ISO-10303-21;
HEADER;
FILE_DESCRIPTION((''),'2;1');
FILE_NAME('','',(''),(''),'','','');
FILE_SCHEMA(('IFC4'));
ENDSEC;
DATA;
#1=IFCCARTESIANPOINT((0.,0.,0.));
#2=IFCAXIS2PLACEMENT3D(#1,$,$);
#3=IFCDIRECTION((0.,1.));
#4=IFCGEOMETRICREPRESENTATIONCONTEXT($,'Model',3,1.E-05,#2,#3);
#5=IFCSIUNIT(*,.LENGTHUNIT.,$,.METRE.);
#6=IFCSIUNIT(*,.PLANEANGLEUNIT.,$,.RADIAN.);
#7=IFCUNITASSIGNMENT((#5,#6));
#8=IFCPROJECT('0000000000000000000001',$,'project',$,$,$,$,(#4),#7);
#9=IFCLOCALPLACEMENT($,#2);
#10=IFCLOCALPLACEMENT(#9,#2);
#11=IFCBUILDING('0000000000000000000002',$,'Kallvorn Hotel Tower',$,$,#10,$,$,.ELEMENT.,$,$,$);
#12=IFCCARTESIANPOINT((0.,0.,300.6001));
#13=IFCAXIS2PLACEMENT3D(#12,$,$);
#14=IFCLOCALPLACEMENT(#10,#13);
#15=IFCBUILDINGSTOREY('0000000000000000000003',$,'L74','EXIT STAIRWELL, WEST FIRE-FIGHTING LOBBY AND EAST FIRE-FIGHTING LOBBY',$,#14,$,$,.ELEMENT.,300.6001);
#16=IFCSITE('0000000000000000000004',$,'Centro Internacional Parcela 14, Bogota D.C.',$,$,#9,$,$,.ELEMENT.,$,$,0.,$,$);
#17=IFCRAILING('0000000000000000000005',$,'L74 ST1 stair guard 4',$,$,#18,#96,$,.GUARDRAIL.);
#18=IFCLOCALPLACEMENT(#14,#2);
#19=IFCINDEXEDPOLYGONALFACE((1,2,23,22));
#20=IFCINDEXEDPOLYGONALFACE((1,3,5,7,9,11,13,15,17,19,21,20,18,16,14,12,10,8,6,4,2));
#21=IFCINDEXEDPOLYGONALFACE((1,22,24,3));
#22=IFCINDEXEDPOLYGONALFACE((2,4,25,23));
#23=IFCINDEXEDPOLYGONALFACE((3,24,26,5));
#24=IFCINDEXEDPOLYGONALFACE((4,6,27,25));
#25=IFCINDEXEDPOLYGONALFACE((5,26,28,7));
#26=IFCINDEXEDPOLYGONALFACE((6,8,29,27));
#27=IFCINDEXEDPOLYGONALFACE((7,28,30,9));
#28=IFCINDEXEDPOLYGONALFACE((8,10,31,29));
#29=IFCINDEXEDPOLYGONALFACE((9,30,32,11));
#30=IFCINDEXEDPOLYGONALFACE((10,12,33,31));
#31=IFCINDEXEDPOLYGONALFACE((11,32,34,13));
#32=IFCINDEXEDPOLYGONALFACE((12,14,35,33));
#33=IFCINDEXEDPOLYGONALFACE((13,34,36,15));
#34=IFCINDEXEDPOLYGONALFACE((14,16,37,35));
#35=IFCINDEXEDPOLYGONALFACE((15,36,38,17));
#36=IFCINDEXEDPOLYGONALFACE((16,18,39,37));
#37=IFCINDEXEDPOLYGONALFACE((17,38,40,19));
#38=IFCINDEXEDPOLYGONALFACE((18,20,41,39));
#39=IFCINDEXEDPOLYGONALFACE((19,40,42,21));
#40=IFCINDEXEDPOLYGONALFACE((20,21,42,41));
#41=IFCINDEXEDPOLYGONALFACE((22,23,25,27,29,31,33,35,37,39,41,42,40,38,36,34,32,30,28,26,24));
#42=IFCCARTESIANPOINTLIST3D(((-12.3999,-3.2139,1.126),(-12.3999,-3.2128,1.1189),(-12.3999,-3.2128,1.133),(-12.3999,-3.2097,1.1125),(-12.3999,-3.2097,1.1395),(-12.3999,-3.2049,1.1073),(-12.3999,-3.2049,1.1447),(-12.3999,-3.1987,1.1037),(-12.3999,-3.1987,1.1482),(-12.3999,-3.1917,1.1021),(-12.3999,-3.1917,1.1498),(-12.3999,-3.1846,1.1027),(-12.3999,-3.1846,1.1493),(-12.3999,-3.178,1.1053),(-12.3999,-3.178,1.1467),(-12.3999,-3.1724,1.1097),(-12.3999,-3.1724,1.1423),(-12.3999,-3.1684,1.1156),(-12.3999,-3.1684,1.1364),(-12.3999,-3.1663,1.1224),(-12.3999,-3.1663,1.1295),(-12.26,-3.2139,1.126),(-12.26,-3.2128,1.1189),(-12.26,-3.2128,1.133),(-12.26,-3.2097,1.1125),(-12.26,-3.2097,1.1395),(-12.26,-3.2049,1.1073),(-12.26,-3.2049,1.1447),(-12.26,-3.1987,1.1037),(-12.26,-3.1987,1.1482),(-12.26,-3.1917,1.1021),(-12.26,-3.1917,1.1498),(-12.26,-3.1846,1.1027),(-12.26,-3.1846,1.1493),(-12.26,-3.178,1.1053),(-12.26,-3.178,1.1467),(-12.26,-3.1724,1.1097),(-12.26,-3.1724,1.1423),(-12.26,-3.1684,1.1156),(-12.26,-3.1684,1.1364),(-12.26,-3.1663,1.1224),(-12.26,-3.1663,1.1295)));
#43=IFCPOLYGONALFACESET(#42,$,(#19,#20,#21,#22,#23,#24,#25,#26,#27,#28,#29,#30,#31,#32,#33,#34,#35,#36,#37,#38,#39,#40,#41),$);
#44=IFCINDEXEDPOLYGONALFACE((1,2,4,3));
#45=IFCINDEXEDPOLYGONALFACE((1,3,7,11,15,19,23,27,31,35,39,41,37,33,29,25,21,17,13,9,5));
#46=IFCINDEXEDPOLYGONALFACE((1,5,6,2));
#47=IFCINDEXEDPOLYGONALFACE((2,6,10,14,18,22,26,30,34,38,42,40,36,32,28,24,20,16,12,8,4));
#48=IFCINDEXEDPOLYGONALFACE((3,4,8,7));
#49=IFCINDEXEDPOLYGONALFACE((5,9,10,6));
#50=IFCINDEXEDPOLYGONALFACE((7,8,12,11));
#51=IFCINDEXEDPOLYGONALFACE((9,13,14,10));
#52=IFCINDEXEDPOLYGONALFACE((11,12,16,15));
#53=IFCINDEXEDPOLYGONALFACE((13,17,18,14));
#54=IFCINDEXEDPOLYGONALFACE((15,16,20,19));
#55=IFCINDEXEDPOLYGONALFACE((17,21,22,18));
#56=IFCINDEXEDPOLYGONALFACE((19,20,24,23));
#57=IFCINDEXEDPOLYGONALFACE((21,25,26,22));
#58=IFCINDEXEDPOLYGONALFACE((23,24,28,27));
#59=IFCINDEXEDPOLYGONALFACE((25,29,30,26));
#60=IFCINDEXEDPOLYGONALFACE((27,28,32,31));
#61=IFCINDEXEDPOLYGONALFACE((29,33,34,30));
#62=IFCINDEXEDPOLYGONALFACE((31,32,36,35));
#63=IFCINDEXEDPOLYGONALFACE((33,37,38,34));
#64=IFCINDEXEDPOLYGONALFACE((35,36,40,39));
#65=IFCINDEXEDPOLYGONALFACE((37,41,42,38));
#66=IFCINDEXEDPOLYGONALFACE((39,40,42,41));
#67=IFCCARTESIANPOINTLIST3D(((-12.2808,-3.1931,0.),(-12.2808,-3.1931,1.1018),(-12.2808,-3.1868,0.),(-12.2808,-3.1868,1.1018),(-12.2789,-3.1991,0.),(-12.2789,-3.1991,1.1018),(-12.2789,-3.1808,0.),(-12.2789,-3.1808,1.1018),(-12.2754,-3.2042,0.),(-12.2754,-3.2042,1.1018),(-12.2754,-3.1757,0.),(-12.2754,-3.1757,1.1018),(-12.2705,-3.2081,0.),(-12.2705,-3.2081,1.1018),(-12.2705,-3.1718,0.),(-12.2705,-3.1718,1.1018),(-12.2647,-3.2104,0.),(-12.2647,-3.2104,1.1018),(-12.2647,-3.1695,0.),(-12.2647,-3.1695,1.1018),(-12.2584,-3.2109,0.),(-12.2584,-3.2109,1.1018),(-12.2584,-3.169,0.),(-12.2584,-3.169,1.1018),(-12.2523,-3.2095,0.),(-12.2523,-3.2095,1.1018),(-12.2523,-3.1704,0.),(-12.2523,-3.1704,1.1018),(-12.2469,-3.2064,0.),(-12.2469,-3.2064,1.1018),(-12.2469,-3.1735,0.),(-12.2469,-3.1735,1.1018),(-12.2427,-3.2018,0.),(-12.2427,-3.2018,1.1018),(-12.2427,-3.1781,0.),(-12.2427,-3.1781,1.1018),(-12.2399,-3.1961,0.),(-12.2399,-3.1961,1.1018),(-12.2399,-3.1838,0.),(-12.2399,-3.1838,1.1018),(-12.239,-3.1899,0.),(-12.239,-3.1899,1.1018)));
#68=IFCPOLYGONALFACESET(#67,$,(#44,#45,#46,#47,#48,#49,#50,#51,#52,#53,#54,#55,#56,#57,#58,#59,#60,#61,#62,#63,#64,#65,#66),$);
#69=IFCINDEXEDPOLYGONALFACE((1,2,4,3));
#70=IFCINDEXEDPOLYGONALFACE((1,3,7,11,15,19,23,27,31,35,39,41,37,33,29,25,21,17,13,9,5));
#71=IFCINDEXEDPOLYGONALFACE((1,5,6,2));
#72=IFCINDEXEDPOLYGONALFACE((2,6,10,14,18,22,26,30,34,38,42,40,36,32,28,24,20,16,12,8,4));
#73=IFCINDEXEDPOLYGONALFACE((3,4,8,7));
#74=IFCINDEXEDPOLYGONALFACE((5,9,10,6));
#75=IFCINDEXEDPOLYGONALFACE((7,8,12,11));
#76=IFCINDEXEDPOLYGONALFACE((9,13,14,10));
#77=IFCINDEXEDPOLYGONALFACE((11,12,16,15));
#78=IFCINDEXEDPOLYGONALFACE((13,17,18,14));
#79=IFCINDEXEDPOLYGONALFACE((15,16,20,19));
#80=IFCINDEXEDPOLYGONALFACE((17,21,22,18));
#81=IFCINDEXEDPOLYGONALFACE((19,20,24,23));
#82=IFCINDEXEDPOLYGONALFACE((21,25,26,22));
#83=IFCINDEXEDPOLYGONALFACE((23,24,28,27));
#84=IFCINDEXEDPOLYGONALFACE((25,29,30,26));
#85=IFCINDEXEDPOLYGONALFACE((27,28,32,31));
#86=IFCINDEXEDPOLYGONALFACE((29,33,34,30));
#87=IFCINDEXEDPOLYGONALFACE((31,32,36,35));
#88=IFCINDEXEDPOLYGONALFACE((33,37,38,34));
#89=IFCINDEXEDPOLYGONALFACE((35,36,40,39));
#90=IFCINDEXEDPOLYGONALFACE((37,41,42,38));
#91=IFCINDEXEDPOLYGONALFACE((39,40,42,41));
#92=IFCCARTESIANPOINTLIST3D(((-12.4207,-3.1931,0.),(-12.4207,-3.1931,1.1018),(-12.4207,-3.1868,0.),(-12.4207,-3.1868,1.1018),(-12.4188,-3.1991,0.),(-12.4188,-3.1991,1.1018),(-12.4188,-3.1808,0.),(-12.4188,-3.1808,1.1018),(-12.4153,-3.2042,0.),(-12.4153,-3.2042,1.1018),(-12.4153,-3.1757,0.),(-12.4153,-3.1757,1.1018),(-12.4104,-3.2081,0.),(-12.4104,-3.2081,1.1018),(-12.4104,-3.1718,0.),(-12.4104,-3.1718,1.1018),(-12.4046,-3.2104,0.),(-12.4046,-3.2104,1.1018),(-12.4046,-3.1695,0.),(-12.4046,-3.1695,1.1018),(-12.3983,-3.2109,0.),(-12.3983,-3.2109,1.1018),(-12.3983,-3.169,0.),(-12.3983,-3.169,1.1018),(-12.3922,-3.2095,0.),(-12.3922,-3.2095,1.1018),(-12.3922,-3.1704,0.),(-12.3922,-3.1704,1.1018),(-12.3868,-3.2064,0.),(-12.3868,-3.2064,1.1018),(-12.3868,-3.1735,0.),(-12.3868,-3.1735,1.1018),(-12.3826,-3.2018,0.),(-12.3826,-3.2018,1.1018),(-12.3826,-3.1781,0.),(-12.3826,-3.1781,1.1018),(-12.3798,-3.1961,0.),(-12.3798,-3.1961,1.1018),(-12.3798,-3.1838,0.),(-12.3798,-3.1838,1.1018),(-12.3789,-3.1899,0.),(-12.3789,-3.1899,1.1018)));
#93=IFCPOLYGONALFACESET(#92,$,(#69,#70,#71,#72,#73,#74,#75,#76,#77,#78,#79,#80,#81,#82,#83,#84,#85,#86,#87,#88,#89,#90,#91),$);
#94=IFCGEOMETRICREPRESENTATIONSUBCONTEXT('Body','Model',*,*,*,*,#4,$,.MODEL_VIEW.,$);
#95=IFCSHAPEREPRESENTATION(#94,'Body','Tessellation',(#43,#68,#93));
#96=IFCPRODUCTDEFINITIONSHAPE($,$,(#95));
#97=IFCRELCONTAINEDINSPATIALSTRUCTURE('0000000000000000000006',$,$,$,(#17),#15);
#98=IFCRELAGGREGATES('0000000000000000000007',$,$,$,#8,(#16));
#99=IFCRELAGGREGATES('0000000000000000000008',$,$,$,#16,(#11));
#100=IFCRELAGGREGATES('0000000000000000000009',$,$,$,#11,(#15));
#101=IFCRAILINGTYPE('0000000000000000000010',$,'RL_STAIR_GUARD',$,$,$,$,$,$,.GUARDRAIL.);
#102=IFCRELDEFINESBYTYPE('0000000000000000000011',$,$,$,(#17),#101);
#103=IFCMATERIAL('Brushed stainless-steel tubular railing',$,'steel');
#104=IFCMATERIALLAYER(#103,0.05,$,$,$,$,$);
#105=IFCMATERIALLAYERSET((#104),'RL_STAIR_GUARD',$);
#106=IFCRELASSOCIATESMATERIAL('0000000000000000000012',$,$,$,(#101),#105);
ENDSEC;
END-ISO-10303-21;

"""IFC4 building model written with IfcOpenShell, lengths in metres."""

from ifc_helpers import new_model, si_unit, direction, frame, origin, origin_2d, place, context, subcontext, project, spatial, circle, extrude, material, layer, layer_set, type_object, element, save


model = new_model("IFC4")

# Units and contexts
model_context = context("Model", 3, precision=1e-05, world=origin(), true_north=direction((0.0, 1.0)))
body_context = subcontext(model_context, "Body", "Model", "MODEL_VIEW")
ifc_project = project(units=[si_unit("LENGTHUNIT", "METRE"), si_unit("PLANEANGLEUNIT", "RADIAN")], contexts=[model_context])

# Site, building, storey
site_placement = place(None, origin())
site = spatial("IfcSite", under=ifc_project, at=site_placement, Name="Centro Internacional Parcela 14, Bogota D.C.", CompositionType="ELEMENT", RefElevation=0.0)
building_placement = place(site_placement, origin())
building = spatial("IfcBuilding", under=site, at=building_placement, Name="Kallvorn Hotel Tower", CompositionType="ELEMENT")
storey_placement = place(building_placement, frame((0.0, 0.0, 300.6001)))
storey = spatial("IfcBuildingStorey", under=building, at=storey_placement, Name="L74", Description="EXIT STAIRWELL, WEST FIRE-FIGHTING LOBBY AND EAST FIRE-FIGHTING LOBBY", CompositionType="ELEMENT", Elevation=300.6001)

# Railing
ifc_material_1 = material(Name="Brushed stainless-steel tubular railing", Category="steel")
ifc_layer_1 = layer(ifc_material_1, 0.05)
ifc_layer_set_1 = layer_set([ifc_layer_1], Name="RL_STAIR_GUARD")
railing_type = type_object("IfcRailingType", Name="RL_STAIR_GUARD", PredefinedType="GUARDRAIL", material=ifc_layer_set_1)
railing_1_placement = place(storey_placement, frame((-12.26, -3.1899, 0.0)))
element("IfcRailing", 1, at=railing_1_placement, inside=storey, type_object=railing_type, Name="L74 ST1 stair guard 4", PredefinedType="GUARDRAIL", context=body_context, shape_type="SweptSolid", body=[
    extrude(circle(Radius=0.0239, at=origin_2d()), frame((0.0, 0.0, 1.126), z_axis=(-1.0, 0.0, 0.0), x_axis=(0.0, -1.0, 0.0)), (0.0, 0.0, 1.0), 0.1399),
    extrude(circle(Radius=0.021, at=origin_2d()), origin(), (0.0, 0.0, 1.0), 1.1018),
    extrude(circle(Radius=0.021, at=origin_2d()), frame((-0.1399, 0.0, 0.0)), (0.0, 0.0, 1.0), 1.1018),
])

save(model, "model.ifc")
